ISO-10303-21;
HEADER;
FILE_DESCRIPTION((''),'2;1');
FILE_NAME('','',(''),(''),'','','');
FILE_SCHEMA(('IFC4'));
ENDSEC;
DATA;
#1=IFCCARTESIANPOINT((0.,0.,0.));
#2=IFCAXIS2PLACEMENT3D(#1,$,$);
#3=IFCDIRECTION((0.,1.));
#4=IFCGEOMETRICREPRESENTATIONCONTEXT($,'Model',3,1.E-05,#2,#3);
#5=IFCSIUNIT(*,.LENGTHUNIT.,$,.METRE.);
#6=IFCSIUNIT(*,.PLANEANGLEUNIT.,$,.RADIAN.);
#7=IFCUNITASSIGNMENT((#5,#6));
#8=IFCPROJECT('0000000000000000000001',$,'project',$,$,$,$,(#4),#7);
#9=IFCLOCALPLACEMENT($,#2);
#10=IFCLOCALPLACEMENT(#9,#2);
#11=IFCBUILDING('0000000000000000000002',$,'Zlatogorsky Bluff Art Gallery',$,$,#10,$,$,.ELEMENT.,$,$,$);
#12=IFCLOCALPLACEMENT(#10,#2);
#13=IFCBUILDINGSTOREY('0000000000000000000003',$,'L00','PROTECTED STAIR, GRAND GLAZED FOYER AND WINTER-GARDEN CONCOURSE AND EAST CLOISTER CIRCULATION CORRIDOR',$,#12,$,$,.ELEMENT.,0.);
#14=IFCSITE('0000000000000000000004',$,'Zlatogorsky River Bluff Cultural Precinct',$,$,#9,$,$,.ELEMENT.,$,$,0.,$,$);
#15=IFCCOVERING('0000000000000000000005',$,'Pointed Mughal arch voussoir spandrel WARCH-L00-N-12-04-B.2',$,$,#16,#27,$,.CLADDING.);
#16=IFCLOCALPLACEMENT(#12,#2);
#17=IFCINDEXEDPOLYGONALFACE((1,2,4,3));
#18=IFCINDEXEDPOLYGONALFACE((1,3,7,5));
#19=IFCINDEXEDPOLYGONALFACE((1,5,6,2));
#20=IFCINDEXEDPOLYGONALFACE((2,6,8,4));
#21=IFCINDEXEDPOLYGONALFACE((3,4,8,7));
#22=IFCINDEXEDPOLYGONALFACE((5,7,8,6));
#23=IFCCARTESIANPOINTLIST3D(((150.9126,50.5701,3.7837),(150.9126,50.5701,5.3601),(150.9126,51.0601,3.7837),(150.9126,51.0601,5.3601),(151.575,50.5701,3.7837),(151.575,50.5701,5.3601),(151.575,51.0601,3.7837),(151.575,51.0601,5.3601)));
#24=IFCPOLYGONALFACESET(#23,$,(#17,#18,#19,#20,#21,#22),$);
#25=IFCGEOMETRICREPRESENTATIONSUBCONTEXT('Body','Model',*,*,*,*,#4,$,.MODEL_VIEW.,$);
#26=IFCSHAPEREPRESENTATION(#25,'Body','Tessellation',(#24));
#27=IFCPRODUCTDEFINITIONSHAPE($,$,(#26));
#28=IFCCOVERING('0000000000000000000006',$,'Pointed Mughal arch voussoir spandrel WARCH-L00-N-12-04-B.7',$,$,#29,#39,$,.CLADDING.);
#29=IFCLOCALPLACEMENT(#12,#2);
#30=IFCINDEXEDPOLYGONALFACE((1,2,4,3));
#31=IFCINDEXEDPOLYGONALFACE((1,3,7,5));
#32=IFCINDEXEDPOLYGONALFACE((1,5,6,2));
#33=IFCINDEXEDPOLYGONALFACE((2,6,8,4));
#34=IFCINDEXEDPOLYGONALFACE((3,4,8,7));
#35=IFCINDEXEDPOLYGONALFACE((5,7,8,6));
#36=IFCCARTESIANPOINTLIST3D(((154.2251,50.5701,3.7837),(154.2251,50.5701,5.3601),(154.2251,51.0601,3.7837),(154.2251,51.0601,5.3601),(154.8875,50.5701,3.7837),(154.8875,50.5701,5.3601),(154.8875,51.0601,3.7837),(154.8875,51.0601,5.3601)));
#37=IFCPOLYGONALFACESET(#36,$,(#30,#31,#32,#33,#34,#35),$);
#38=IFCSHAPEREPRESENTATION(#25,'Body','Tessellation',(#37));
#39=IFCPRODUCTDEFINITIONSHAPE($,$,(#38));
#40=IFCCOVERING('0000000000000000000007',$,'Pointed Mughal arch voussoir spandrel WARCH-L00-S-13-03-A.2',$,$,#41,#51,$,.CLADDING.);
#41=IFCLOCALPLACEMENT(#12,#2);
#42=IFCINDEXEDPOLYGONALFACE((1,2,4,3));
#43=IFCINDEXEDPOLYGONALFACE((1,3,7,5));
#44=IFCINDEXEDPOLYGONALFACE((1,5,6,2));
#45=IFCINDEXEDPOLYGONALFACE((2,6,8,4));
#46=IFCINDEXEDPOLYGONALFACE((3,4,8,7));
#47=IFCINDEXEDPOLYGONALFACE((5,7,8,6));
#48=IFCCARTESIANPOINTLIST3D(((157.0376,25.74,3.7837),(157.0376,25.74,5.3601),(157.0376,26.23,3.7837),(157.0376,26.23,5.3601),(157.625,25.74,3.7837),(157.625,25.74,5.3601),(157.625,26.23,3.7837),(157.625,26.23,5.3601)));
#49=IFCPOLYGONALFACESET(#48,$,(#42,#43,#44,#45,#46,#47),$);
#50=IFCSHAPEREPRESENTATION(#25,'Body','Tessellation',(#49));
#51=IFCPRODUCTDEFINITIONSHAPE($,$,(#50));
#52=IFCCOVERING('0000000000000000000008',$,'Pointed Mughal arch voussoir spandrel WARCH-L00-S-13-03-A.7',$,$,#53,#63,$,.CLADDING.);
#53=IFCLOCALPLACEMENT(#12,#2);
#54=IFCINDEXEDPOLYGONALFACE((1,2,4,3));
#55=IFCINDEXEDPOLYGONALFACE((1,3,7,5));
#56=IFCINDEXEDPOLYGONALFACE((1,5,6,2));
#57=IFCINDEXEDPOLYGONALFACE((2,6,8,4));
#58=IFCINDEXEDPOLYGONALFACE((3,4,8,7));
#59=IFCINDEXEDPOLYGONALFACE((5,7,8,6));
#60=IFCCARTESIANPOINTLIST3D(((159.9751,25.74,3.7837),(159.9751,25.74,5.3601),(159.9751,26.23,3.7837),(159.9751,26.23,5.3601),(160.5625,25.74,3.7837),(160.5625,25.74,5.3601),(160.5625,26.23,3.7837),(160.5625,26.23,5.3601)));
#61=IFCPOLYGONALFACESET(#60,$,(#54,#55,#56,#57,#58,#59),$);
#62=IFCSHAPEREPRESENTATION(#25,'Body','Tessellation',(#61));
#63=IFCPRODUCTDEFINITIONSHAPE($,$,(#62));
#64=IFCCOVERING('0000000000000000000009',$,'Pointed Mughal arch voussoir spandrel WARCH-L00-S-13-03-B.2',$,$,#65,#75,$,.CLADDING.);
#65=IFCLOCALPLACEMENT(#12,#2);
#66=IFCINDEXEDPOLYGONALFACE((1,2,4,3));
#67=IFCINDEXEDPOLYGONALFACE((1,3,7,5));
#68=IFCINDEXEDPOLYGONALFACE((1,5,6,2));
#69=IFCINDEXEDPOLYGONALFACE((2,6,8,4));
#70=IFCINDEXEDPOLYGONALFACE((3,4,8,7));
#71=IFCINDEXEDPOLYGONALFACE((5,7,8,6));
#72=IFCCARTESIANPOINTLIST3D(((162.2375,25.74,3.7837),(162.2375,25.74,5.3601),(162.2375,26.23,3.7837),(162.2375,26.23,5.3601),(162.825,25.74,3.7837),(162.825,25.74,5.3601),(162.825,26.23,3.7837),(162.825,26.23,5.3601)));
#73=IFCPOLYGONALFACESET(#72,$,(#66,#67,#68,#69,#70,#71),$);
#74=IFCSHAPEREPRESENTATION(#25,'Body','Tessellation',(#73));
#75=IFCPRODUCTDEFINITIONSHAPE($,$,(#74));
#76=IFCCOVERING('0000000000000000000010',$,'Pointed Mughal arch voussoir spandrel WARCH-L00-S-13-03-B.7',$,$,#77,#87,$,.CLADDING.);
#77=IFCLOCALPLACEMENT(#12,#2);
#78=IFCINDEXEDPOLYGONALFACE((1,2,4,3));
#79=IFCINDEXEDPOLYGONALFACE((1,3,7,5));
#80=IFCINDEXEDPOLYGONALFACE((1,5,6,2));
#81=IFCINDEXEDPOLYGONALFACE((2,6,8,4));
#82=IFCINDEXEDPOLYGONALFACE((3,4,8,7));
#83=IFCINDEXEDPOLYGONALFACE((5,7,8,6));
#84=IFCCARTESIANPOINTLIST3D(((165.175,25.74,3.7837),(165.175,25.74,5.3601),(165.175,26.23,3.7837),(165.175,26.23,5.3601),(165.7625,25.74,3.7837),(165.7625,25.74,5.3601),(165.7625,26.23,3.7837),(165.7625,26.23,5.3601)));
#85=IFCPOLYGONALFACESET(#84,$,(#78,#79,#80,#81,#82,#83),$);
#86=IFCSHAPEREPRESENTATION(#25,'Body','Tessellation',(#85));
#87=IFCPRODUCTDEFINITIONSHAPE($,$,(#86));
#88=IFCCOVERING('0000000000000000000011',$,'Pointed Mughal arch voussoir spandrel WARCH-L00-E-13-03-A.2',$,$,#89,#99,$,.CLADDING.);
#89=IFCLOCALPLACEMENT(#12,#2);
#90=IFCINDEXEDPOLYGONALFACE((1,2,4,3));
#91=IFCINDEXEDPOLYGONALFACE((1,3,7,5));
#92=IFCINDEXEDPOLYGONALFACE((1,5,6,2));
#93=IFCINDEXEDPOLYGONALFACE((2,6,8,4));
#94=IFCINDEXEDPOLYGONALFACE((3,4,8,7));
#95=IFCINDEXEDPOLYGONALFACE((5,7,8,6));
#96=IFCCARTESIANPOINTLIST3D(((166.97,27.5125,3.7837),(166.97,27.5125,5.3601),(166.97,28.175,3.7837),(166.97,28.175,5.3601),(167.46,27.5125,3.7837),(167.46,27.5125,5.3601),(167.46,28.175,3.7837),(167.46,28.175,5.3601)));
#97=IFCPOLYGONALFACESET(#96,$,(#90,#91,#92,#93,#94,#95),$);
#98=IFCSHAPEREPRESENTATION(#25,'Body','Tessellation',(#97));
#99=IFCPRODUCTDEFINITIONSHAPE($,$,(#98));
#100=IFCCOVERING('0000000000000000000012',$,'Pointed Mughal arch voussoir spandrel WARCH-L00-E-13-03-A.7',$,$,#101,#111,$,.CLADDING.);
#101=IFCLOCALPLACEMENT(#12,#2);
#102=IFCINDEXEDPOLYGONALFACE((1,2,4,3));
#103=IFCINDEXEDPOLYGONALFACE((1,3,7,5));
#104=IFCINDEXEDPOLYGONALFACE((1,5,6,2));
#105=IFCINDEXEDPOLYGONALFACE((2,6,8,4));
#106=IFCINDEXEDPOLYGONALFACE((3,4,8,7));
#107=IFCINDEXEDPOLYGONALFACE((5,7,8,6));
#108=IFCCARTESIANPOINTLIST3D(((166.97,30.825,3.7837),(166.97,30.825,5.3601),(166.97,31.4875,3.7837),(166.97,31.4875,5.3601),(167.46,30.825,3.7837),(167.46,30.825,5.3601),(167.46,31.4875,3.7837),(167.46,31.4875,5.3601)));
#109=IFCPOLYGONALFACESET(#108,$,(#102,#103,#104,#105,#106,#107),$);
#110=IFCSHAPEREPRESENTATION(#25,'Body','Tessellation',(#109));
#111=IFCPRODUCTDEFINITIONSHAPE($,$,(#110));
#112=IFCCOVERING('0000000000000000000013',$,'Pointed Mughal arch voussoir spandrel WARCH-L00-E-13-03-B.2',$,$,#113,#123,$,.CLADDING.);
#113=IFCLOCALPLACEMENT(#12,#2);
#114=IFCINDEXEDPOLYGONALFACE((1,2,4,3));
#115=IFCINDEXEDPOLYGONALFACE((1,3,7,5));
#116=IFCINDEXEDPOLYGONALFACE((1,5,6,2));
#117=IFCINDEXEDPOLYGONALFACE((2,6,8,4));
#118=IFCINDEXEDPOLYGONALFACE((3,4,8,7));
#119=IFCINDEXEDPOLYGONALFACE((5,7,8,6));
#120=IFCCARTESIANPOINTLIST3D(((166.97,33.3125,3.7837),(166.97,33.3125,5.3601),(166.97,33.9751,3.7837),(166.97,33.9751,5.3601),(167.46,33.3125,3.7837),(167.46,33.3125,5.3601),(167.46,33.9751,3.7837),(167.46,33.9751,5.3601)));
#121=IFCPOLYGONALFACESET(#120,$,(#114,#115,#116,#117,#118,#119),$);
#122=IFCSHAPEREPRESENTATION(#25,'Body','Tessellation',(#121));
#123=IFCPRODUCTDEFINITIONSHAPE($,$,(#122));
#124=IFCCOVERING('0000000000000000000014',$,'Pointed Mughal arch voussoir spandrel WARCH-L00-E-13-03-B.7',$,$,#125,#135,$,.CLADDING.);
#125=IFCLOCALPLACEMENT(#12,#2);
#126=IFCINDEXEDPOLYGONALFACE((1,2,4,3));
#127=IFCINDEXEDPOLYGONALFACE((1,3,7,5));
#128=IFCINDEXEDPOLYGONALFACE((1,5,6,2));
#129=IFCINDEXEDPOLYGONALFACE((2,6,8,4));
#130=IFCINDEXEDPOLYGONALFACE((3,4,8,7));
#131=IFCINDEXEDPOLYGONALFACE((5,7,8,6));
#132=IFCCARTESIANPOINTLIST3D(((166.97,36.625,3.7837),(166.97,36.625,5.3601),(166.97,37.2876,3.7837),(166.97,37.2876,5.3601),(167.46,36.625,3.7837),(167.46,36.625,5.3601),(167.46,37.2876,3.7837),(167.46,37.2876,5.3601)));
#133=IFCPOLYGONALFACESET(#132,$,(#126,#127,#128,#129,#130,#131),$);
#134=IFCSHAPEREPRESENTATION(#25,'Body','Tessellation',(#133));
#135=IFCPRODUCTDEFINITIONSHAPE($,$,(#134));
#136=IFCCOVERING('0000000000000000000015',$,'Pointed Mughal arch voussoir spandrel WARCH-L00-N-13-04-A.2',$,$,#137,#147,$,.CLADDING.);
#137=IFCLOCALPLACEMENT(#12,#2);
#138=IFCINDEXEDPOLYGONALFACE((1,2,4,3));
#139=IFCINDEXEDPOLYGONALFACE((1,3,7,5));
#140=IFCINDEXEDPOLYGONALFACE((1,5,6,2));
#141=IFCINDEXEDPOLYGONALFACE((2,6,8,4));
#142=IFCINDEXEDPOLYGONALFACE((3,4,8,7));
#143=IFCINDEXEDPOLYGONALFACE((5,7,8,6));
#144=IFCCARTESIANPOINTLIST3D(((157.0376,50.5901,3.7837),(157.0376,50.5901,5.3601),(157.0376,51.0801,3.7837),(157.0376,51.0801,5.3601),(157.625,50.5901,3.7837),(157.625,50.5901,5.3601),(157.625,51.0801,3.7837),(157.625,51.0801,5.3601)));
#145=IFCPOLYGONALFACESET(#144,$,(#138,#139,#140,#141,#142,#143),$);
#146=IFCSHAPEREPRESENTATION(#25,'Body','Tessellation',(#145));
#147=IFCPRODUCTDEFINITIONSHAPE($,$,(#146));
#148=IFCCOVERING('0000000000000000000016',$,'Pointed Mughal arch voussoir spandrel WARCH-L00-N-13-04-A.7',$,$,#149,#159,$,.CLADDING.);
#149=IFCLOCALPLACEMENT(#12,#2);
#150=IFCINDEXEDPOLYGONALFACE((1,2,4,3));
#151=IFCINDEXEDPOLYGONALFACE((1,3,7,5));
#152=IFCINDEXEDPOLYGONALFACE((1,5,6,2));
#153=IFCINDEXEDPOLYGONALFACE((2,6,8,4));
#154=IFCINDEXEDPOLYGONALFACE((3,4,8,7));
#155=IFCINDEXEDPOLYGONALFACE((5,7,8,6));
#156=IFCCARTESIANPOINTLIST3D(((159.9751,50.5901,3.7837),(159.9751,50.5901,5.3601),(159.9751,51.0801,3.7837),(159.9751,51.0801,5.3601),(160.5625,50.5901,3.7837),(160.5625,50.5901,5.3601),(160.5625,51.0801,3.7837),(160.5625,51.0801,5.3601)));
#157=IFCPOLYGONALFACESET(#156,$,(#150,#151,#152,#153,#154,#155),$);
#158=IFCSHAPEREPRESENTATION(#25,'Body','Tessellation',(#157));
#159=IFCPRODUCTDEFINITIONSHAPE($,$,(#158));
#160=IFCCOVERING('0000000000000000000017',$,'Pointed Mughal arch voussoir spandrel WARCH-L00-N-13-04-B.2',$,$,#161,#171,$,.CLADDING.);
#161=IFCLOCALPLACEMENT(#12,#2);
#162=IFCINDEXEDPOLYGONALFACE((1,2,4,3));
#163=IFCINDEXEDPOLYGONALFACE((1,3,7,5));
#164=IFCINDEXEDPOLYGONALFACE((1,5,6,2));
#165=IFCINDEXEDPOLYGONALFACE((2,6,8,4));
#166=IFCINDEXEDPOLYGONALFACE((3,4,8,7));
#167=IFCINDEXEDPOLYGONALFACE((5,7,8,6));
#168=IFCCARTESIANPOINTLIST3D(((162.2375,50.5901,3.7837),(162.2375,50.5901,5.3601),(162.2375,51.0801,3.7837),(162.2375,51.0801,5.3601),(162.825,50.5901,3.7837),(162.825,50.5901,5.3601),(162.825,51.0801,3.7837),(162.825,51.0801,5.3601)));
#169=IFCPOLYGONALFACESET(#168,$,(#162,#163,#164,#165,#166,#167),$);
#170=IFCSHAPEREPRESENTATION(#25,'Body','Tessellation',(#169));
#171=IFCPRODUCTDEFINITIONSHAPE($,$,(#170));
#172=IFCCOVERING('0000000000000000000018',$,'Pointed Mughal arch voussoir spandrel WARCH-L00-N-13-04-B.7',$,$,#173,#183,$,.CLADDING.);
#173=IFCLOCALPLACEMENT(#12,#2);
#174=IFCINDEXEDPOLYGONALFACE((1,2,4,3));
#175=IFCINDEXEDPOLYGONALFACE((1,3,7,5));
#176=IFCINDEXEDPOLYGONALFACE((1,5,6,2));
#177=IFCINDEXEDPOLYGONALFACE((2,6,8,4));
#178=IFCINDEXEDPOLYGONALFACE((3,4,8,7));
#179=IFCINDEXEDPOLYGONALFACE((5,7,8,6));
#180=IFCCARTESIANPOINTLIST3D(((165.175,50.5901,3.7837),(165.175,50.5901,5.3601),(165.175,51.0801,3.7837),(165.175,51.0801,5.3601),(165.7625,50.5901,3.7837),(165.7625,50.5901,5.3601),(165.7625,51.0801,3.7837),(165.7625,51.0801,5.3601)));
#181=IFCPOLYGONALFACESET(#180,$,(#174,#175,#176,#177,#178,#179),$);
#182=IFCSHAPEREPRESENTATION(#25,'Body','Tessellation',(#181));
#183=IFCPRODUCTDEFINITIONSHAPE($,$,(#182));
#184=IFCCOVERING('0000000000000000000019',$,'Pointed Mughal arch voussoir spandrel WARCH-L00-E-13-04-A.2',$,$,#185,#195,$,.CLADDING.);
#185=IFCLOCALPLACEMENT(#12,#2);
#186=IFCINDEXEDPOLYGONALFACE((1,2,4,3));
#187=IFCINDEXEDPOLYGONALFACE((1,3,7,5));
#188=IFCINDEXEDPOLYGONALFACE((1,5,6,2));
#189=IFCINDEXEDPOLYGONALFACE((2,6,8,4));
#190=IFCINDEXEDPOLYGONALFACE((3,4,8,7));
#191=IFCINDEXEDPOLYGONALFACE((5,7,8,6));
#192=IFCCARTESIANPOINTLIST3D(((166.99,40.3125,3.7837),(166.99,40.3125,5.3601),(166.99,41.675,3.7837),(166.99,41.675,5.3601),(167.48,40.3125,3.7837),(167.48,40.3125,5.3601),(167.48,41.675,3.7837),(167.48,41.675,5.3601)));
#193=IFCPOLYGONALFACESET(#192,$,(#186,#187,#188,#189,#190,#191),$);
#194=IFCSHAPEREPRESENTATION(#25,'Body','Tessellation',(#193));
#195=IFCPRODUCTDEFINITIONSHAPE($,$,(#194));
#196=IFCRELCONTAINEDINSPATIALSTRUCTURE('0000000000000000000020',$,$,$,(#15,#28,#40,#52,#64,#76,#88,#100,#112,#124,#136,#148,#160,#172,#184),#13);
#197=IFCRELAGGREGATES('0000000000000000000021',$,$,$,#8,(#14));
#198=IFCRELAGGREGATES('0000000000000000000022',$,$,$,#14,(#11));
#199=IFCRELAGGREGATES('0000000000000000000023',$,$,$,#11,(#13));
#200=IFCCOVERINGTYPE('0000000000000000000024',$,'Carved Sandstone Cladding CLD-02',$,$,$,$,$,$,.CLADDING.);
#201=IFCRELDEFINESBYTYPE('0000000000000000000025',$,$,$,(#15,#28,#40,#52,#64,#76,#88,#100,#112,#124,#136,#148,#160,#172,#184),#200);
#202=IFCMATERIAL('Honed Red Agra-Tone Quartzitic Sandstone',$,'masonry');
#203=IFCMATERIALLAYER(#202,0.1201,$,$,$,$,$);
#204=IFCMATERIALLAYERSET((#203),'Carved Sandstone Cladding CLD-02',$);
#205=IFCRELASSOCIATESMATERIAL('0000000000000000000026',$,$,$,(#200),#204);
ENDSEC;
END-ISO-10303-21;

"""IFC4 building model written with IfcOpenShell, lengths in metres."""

from ifc_helpers import new_model, si_unit, direction, frame, origin, place, context, subcontext, project, spatial, polyline, outline, extrude, material, layer, layer_set, type_object, element, save


model = new_model("IFC4")

# Units and contexts
model_context = context("Model", 3, precision=1e-05, world=origin(), true_north=direction((0.0, 1.0)))
body_context = subcontext(model_context, "Body", "Model", "MODEL_VIEW")
ifc_project = project(units=[si_unit("LENGTHUNIT", "METRE"), si_unit("PLANEANGLEUNIT", "RADIAN")], contexts=[model_context])

# Site, building, storey
site_placement = place(None, origin())
site = spatial("IfcSite", under=ifc_project, at=site_placement, Name="Zlatogorsky River Bluff Cultural Precinct", CompositionType="ELEMENT", RefElevation=0.0)
building_placement = place(site_placement, origin())
building = spatial("IfcBuilding", under=site, at=building_placement, Name="Zlatogorsky Bluff Art Gallery", CompositionType="ELEMENT")
storey_placement = place(building_placement, origin())
storey = spatial("IfcBuildingStorey", under=building, at=storey_placement, Name="L00", Description="PROTECTED STAIR, GRAND GLAZED FOYER AND WINTER-GARDEN CONCOURSE AND EAST CLOISTER CIRCULATION CORRIDOR", CompositionType="ELEMENT", Elevation=0.0)

# Coverings
ifc_material = material(Name="Honed Red Agra-Tone Quartzitic Sandstone", Category="masonry")
ifc_layer = layer(ifc_material, 0.1201)
ifc_layer_set = layer_set([ifc_layer], Name="Carved Sandstone Cladding CLD-02")
covering_type = type_object("IfcCoveringType", Name="Carved Sandstone Cladding CLD-02", PredefinedType="CLADDING", material=ifc_layer_set)
covering_1_placement = place(storey_placement, frame((0.0, 0.0, 3.7837)))
element("IfcCovering", 1, at=covering_1_placement, inside=storey, type_object=covering_type, Name="Pointed Mughal arch voussoir spandrel WARCH-L00-N-12-04-B.2", PredefinedType="CLADDING", context=body_context, shape_type="SweptSolid", body=[
    extrude(outline(polyline([(150.9126, 50.5701), (151.575, 50.5701), (151.575, 51.0601), (150.9126, 51.0601), (150.9126, 50.5701)])), origin(), (0.0, 0.0, 1.0), 1.5764),
])
covering_2_placement = place(storey_placement, frame((0.0, 0.0, 3.7837)))
element("IfcCovering", 2, at=covering_2_placement, inside=storey, type_object=covering_type, Name="Pointed Mughal arch voussoir spandrel WARCH-L00-N-12-04-B.7", PredefinedType="CLADDING", context=body_context, shape_type="SweptSolid", body=[
    extrude(outline(polyline([(154.2251, 50.5701), (154.8875, 50.5701), (154.8875, 51.0601), (154.2251, 51.0601), (154.2251, 50.5701)])), origin(), (0.0, 0.0, 1.0), 1.5764),
])
covering_3_placement = place(storey_placement, frame((0.0, 0.0, 3.7837)))
element("IfcCovering", 3, at=covering_3_placement, inside=storey, type_object=covering_type, Name="Pointed Mughal arch voussoir spandrel WARCH-L00-S-13-03-A.2", PredefinedType="CLADDING", context=body_context, shape_type="SweptSolid", body=[
    extrude(outline(polyline([(157.0376, 25.74), (157.625, 25.74), (157.625, 26.23), (157.0376, 26.23), (157.0376, 25.74)])), origin(), (0.0, 0.0, 1.0), 1.5764),
])
covering_4_placement = place(storey_placement, frame((0.0, 0.0, 3.7837)))
element("IfcCovering", 4, at=covering_4_placement, inside=storey, type_object=covering_type, Name="Pointed Mughal arch voussoir spandrel WARCH-L00-S-13-03-A.7", PredefinedType="CLADDING", context=body_context, shape_type="SweptSolid", body=[
    extrude(outline(polyline([(159.9751, 25.74), (160.5625, 25.74), (160.5625, 26.23), (159.9751, 26.23), (159.9751, 25.74)])), origin(), (0.0, 0.0, 1.0), 1.5764),
])
covering_5_placement = place(storey_placement, frame((0.0, 0.0, 3.7837)))
element("IfcCovering", 5, at=covering_5_placement, inside=storey, type_object=covering_type, Name="Pointed Mughal arch voussoir spandrel WARCH-L00-S-13-03-B.2", PredefinedType="CLADDING", context=body_context, shape_type="SweptSolid", body=[
    extrude(outline(polyline([(162.2375, 25.74), (162.825, 25.74), (162.825, 26.23), (162.2375, 26.23), (162.2375, 25.74)])), origin(), (0.0, 0.0, 1.0), 1.5764),
])
covering_6_placement = place(storey_placement, frame((0.0, 0.0, 3.7837)))
element("IfcCovering", 6, at=covering_6_placement, inside=storey, type_object=covering_type, Name="Pointed Mughal arch voussoir spandrel WARCH-L00-S-13-03-B.7", PredefinedType="CLADDING", context=body_context, shape_type="SweptSolid", body=[
    extrude(outline(polyline([(165.175, 25.74), (165.7625, 25.74), (165.7625, 26.23), (165.175, 26.23), (165.175, 25.74)])), origin(), (0.0, 0.0, 1.0), 1.5764),
])
covering_7_placement = place(storey_placement, frame((0.0, 0.0, 3.7837)))
element("IfcCovering", 7, at=covering_7_placement, inside=storey, type_object=covering_type, Name="Pointed Mughal arch voussoir spandrel WARCH-L00-E-13-03-A.2", PredefinedType="CLADDING", context=body_context, shape_type="SweptSolid", body=[
    extrude(outline(polyline([(166.97, 27.5125), (166.97, 28.175), (167.46, 28.175), (167.46, 27.5125), (166.97, 27.5125)])), origin(), (0.0, 0.0, 1.0), 1.5764),
])
covering_8_placement = place(storey_placement, frame((0.0, 0.0, 3.7837)))
element("IfcCovering", 8, at=covering_8_placement, inside=storey, type_object=covering_type, Name="Pointed Mughal arch voussoir spandrel WARCH-L00-E-13-03-A.7", PredefinedType="CLADDING", context=body_context, shape_type="SweptSolid", body=[
    extrude(outline(polyline([(166.97, 30.825), (166.97, 31.4875), (167.46, 31.4875), (167.46, 30.825), (166.97, 30.825)])), origin(), (0.0, 0.0, 1.0), 1.5764),
])
covering_9_placement = place(storey_placement, frame((0.0, 0.0, 3.7837)))
element("IfcCovering", 9, at=covering_9_placement, inside=storey, type_object=covering_type, Name="Pointed Mughal arch voussoir spandrel WARCH-L00-E-13-03-B.2", PredefinedType="CLADDING", context=body_context, shape_type="SweptSolid", body=[
    extrude(outline(polyline([(166.97, 33.3125), (166.97, 33.9751), (167.46, 33.9751), (167.46, 33.3125), (166.97, 33.3125)])), origin(), (0.0, 0.0, 1.0), 1.5764),
])
covering_10_placement = place(storey_placement, frame((0.0, 0.0, 3.7837)))
element("IfcCovering", 10, at=covering_10_placement, inside=storey, type_object=covering_type, Name="Pointed Mughal arch voussoir spandrel WARCH-L00-E-13-03-B.7", PredefinedType="CLADDING", context=body_context, shape_type="SweptSolid", body=[
    extrude(outline(polyline([(166.97, 36.625), (166.97, 37.2876), (167.46, 37.2876), (167.46, 36.625), (166.97, 36.625)])), origin(), (0.0, 0.0, 1.0), 1.5764),
])
covering_11_placement = place(storey_placement, frame((0.0, 0.0, 3.7837)))
element("IfcCovering", 11, at=covering_11_placement, inside=storey, type_object=covering_type, Name="Pointed Mughal arch voussoir spandrel WARCH-L00-N-13-04-A.2", PredefinedType="CLADDING", context=body_context, shape_type="SweptSolid", body=[
    extrude(outline(polyline([(157.0376, 50.5901), (157.625, 50.5901), (157.625, 51.0801), (157.0376, 51.0801), (157.0376, 50.5901)])), origin(), (0.0, 0.0, 1.0), 1.5764),
])
covering_12_placement = place(storey_placement, frame((0.0, 0.0, 3.7837)))
element("IfcCovering", 12, at=covering_12_placement, inside=storey, type_object=covering_type, Name="Pointed Mughal arch voussoir spandrel WARCH-L00-N-13-04-A.7", PredefinedType="CLADDING", context=body_context, shape_type="SweptSolid", body=[
    extrude(outline(polyline([(159.9751, 50.5901), (160.5625, 50.5901), (160.5625, 51.0801), (159.9751, 51.0801), (159.9751, 50.5901)])), origin(), (0.0, 0.0, 1.0), 1.5764),
])
covering_13_placement = place(storey_placement, frame((0.0, 0.0, 3.7837)))
element("IfcCovering", 13, at=covering_13_placement, inside=storey, type_object=covering_type, Name="Pointed Mughal arch voussoir spandrel WARCH-L00-N-13-04-B.2", PredefinedType="CLADDING", context=body_context, shape_type="SweptSolid", body=[
    extrude(outline(polyline([(162.2375, 50.5901), (162.825, 50.5901), (162.825, 51.0801), (162.2375, 51.0801), (162.2375, 50.5901)])), origin(), (0.0, 0.0, 1.0), 1.5764),
])
covering_14_placement = place(storey_placement, frame((0.0, 0.0, 3.7837)))
element("IfcCovering", 14, at=covering_14_placement, inside=storey, type_object=covering_type, Name="Pointed Mughal arch voussoir spandrel WARCH-L00-N-13-04-B.7", PredefinedType="CLADDING", context=body_context, shape_type="SweptSolid", body=[
    extrude(outline(polyline([(165.175, 50.5901), (165.7625, 50.5901), (165.7625, 51.0801), (165.175, 51.0801), (165.175, 50.5901)])), origin(), (0.0, 0.0, 1.0), 1.5764),
])
covering_15_placement = place(storey_placement, frame((0.0, 0.0, 3.7837)))
element("IfcCovering", 15, at=covering_15_placement, inside=storey, type_object=covering_type, Name="Pointed Mughal arch voussoir spandrel WARCH-L00-E-13-04-A.2", PredefinedType="CLADDING", context=body_context, shape_type="SweptSolid", body=[
    extrude(outline(polyline([(166.99, 40.3125), (166.99, 41.675), (167.48, 41.675), (167.48, 40.3125), (166.99, 40.3125)])), origin(), (0.0, 0.0, 1.0), 1.5764),
])

save(model, "model.ifc")
